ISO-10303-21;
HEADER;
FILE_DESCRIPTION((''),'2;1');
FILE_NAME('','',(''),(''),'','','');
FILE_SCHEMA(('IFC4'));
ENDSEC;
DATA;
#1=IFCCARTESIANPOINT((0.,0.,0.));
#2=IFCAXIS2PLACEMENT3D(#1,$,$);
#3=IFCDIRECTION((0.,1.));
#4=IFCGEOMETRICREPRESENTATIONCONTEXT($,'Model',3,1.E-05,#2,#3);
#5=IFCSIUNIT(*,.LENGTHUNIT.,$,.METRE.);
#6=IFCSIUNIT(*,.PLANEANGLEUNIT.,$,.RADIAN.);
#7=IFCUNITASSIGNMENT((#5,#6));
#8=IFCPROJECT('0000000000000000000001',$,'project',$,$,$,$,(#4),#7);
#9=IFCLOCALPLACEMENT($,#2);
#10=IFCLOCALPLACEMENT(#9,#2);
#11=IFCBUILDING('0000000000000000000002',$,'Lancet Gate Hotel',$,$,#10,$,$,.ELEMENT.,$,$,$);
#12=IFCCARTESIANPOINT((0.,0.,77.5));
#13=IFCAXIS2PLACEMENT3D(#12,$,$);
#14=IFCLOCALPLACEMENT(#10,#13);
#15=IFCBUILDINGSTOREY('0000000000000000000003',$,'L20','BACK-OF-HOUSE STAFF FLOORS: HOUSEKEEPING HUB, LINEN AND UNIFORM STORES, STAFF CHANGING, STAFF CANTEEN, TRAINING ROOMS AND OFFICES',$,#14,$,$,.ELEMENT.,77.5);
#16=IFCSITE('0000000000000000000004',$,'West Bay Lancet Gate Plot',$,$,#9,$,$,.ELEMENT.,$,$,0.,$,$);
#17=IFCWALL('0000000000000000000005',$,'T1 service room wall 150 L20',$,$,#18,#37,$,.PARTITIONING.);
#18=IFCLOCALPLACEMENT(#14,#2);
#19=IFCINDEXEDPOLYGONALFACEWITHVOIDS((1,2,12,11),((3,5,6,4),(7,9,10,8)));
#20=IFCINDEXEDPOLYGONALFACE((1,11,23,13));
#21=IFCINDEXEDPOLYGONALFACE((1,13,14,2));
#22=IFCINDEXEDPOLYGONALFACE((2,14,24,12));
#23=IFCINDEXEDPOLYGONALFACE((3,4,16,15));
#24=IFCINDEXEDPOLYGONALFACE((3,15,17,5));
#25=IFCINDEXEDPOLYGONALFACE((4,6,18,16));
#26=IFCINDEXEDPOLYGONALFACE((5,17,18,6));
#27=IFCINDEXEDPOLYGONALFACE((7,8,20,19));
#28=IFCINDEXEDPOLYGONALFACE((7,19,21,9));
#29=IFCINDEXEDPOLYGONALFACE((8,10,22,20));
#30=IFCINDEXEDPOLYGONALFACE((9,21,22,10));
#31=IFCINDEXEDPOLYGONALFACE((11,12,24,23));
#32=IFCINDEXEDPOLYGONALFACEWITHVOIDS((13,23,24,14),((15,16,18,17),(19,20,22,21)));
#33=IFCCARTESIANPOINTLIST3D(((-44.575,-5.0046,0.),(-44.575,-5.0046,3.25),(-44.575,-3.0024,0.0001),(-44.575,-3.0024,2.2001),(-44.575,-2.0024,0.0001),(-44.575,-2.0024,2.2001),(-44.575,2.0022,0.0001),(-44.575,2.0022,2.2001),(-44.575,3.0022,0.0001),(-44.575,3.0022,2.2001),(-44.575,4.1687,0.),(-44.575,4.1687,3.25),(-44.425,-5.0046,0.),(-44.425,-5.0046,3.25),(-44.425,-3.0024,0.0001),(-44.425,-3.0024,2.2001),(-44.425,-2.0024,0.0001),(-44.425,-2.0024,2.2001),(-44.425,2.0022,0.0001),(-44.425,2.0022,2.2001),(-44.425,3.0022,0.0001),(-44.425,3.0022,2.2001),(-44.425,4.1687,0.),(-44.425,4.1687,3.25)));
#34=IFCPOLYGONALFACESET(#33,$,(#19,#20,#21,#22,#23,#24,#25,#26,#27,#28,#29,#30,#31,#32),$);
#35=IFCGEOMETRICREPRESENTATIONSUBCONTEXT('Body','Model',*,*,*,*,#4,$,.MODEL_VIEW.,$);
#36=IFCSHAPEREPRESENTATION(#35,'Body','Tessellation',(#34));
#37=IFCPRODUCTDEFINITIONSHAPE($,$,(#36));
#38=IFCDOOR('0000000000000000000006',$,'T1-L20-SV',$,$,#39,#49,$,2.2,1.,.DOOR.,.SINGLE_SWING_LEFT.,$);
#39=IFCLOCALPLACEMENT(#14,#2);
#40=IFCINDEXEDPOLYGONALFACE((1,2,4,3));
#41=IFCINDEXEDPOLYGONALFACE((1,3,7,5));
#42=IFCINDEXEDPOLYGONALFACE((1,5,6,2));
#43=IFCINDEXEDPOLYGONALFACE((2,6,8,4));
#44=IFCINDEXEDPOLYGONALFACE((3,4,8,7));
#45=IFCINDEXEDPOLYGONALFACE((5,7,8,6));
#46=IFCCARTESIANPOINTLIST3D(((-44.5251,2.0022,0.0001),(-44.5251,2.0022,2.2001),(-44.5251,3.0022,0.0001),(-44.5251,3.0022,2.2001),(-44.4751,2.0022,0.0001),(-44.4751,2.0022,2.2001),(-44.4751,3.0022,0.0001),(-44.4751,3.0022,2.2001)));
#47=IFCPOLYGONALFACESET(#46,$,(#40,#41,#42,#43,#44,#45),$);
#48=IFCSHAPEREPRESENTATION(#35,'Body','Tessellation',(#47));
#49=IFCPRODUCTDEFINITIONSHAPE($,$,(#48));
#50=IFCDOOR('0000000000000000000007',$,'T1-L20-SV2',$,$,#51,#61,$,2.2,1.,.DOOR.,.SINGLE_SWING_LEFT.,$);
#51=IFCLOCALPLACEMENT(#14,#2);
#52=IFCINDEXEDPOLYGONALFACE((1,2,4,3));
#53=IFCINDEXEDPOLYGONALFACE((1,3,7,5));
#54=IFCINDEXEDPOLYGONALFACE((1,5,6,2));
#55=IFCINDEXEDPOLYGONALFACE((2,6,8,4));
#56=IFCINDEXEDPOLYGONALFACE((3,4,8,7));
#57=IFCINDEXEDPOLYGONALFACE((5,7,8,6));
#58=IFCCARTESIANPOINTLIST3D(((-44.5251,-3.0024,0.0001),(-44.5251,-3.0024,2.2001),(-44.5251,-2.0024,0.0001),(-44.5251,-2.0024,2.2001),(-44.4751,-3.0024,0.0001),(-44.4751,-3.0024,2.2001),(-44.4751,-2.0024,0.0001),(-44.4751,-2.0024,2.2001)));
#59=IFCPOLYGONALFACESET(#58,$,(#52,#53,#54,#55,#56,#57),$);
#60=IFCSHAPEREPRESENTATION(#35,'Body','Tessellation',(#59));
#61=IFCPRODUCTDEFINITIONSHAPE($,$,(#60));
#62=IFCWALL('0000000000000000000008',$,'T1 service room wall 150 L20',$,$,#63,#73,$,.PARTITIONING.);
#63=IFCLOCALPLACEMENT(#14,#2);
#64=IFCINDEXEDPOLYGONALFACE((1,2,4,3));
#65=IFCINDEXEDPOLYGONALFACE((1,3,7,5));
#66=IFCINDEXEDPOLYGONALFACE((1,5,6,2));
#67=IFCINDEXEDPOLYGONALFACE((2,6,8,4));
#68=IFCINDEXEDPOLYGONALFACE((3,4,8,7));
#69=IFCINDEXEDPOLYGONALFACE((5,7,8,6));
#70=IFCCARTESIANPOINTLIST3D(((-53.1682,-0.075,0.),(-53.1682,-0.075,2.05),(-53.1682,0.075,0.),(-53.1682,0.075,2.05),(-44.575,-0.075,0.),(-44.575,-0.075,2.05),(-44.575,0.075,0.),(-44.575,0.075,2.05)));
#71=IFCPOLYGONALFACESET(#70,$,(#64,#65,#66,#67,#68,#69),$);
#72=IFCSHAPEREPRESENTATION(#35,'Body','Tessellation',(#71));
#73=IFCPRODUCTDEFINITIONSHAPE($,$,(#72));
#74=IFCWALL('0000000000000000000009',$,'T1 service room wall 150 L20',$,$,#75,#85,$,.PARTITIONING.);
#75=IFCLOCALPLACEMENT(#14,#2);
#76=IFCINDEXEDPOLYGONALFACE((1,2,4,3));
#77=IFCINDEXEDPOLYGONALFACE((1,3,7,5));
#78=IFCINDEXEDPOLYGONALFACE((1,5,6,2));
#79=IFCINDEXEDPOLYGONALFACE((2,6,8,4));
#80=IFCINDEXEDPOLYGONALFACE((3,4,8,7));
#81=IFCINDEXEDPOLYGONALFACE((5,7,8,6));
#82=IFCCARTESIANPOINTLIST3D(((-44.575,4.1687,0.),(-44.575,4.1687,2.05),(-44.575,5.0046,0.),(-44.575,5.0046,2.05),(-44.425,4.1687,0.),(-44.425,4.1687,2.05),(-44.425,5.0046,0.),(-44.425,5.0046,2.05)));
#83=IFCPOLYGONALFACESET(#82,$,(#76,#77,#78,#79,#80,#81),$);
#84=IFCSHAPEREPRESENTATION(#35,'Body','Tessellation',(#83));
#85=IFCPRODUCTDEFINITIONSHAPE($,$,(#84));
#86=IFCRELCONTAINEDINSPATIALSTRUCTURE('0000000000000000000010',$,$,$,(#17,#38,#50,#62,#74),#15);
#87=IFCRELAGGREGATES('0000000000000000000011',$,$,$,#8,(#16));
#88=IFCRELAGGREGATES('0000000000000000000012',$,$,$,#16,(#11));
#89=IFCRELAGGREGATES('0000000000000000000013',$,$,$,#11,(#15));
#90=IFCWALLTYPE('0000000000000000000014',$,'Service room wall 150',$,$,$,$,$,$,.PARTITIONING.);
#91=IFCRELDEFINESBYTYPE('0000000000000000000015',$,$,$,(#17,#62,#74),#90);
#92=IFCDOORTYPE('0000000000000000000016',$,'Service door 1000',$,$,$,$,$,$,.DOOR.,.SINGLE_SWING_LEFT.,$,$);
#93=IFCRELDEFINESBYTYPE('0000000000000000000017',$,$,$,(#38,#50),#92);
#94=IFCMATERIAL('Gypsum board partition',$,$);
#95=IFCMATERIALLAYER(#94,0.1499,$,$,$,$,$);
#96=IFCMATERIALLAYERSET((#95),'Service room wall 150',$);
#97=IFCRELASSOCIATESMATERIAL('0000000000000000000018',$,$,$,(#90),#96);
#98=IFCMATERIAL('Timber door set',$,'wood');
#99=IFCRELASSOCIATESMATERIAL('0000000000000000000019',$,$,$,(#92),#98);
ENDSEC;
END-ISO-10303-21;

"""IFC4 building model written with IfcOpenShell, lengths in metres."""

from ifc_helpers import new_model, si_unit, direction, frame, frame_2d, origin, place, context, subcontext, project, spatial, rectangle, extrude, material, layer, layer_set, type_object, element, fill, save


model = new_model("IFC4")

# Units and contexts
model_context = context("Model", 3, precision=1e-05, world=origin(), true_north=direction((0.0, 1.0)))
body_context = subcontext(model_context, "Body", "Model", "MODEL_VIEW")
ifc_project = project(units=[si_unit("LENGTHUNIT", "METRE"), si_unit("PLANEANGLEUNIT", "RADIAN")], contexts=[model_context])

# Site, building, storey
site_placement = place(None, origin())
site = spatial("IfcSite", under=ifc_project, at=site_placement, Name="West Bay Lancet Gate Plot", CompositionType="ELEMENT", RefElevation=0.0)
building_placement = place(site_placement, origin())
building = spatial("IfcBuilding", under=site, at=building_placement, Name="Lancet Gate Hotel", CompositionType="ELEMENT")
storey_placement = place(building_placement, frame((0.0, 0.0, 77.5)))
storey = spatial("IfcBuildingStorey", under=building, at=storey_placement, Name="L20", Description="BACK-OF-HOUSE STAFF FLOORS: HOUSEKEEPING HUB, LINEN AND UNIFORM STORES, STAFF CHANGING, STAFF CANTEEN, TRAINING ROOMS AND OFFICES", CompositionType="ELEMENT", Elevation=77.5)

# Shared definitions
ifc_material_1 = material(Name="Gypsum board partition")
ifc_layer_1 = layer(ifc_material_1, 0.1499)
ifc_layer_set_1 = layer_set([ifc_layer_1], Name="Service room wall 150")
wall_type_1 = type_object("IfcWallType", Name="Service room wall 150", PredefinedType="PARTITIONING", material=ifc_layer_set_1)

# Wall, openings, doors
wall_1_placement = place(storey_placement, frame((-44.5, 4.1687, 0.0), z_axis=(0.0, 0.0, 1.0), x_axis=(0.0, -1.0, 0.0)))
wall_1 = element("IfcWall", 1, at=wall_1_placement, inside=storey, type_object=wall_type_1, Name="T1 service room wall 150 L20", PredefinedType="PARTITIONING", context=body_context, shape_type="SweptSolid", body=[
    extrude(rectangle(XDim=9.1733, YDim=0.1499, at=frame_2d((4.5867, 0.0))), origin(), (0.0, 0.0, 1.0), 3.25),
])
opening_1_placement = place(wall_1_placement, frame((1.1665, 0.0, 0.0)))
opening_1 = element("IfcOpeningElement", 2, at=opening_1_placement, cuts=wall_1, PredefinedType="OPENING", context=body_context, shape_type="SweptSolid", body=[
    extrude(rectangle(XDim=1.0, YDim=2.2, at=frame_2d((0.5, 1.1001))), frame((0.0, 0.085, 0.0), z_axis=(0.0, -1.0, 0.0), x_axis=(1.0, 0.0, 0.0)), (0.0, 0.0, 1.0), 0.1699),
])
opening_2_placement = place(wall_1_placement, frame((6.1711, 0.0, 0.0)))
opening_2 = element("IfcOpeningElement", 3, at=opening_2_placement, cuts=wall_1, PredefinedType="OPENING", context=body_context, shape_type="SweptSolid", body=[
    extrude(rectangle(XDim=1.0, YDim=2.2, at=frame_2d((0.5, 1.1001))), frame((0.0, 0.085, 0.0), z_axis=(0.0, -1.0, 0.0), x_axis=(1.0, 0.0, 0.0)), (0.0, 0.0, 1.0), 0.1699),
])
ifc_material_2 = material(Name="Timber door set", Category="wood")
door_type_1 = type_object("IfcDoorType", Name="Service door 1000", OperationType="SINGLE_SWING_LEFT", PredefinedType="DOOR", material=ifc_material_2)
door_1_placement = place(opening_1_placement, origin())
door_1 = element("IfcDoor", 4, at=door_1_placement, inside=storey, type_object=door_type_1, Name="T1-L20-SV", OperationType="SINGLE_SWING_LEFT", OverallHeight=2.2, OverallWidth=1.0, PredefinedType="DOOR", context=body_context, shape_type="SweptSolid", body=[
    extrude(rectangle(XDim=1.0, YDim=2.2, at=frame_2d((0.5, 1.1001))), frame((0.0, 0.0249, 0.0), z_axis=(0.0, -1.0, 0.0), x_axis=(1.0, 0.0, 0.0)), (0.0, 0.0, 1.0), 0.05),
])
fill(opening_1, door_1)
door_2_placement = place(opening_2_placement, origin())
door_2 = element("IfcDoor", 5, at=door_2_placement, inside=storey, type_object=door_type_1, Name="T1-L20-SV2", OperationType="SINGLE_SWING_LEFT", OverallHeight=2.2, OverallWidth=1.0, PredefinedType="DOOR", context=body_context, shape_type="SweptSolid", body=[
    extrude(rectangle(XDim=1.0, YDim=2.2, at=frame_2d((0.5, 1.1001))), frame((0.0, 0.0249, 0.0), z_axis=(0.0, -1.0, 0.0), x_axis=(1.0, 0.0, 0.0)), (0.0, 0.0, 1.0), 0.05),
])
fill(opening_2, door_2)

# Walls
wall_2_placement = place(storey_placement, frame((-44.575, 0.0, 0.0), z_axis=(0.0, 0.0, 1.0), x_axis=(-1.0, 0.0, 0.0)))
element("IfcWall", 6, at=wall_2_placement, inside=storey, type_object=wall_type_1, Name="T1 service room wall 150 L20", PredefinedType="PARTITIONING", context=body_context, shape_type="SweptSolid", body=[
    extrude(rectangle(XDim=8.5933, YDim=0.1499, at=frame_2d((4.2966, 0.0))), origin(), (0.0, 0.0, 1.0), 2.05),
])
wall_3_placement = place(storey_placement, frame((-44.5, 5.0046, 0.0), z_axis=(0.0, 0.0, 1.0), x_axis=(0.0, -1.0, 0.0)))
element("IfcWall", 7, at=wall_3_placement, inside=storey, type_object=wall_type_1, Name="T1 service room wall 150 L20", PredefinedType="PARTITIONING", context=body_context, shape_type="SweptSolid", body=[
    extrude(rectangle(XDim=0.8359, YDim=0.1499, at=frame_2d((0.418, 0.0))), origin(), (0.0, 0.0, 1.0), 2.05),
])

save(model, "model.ifc")
